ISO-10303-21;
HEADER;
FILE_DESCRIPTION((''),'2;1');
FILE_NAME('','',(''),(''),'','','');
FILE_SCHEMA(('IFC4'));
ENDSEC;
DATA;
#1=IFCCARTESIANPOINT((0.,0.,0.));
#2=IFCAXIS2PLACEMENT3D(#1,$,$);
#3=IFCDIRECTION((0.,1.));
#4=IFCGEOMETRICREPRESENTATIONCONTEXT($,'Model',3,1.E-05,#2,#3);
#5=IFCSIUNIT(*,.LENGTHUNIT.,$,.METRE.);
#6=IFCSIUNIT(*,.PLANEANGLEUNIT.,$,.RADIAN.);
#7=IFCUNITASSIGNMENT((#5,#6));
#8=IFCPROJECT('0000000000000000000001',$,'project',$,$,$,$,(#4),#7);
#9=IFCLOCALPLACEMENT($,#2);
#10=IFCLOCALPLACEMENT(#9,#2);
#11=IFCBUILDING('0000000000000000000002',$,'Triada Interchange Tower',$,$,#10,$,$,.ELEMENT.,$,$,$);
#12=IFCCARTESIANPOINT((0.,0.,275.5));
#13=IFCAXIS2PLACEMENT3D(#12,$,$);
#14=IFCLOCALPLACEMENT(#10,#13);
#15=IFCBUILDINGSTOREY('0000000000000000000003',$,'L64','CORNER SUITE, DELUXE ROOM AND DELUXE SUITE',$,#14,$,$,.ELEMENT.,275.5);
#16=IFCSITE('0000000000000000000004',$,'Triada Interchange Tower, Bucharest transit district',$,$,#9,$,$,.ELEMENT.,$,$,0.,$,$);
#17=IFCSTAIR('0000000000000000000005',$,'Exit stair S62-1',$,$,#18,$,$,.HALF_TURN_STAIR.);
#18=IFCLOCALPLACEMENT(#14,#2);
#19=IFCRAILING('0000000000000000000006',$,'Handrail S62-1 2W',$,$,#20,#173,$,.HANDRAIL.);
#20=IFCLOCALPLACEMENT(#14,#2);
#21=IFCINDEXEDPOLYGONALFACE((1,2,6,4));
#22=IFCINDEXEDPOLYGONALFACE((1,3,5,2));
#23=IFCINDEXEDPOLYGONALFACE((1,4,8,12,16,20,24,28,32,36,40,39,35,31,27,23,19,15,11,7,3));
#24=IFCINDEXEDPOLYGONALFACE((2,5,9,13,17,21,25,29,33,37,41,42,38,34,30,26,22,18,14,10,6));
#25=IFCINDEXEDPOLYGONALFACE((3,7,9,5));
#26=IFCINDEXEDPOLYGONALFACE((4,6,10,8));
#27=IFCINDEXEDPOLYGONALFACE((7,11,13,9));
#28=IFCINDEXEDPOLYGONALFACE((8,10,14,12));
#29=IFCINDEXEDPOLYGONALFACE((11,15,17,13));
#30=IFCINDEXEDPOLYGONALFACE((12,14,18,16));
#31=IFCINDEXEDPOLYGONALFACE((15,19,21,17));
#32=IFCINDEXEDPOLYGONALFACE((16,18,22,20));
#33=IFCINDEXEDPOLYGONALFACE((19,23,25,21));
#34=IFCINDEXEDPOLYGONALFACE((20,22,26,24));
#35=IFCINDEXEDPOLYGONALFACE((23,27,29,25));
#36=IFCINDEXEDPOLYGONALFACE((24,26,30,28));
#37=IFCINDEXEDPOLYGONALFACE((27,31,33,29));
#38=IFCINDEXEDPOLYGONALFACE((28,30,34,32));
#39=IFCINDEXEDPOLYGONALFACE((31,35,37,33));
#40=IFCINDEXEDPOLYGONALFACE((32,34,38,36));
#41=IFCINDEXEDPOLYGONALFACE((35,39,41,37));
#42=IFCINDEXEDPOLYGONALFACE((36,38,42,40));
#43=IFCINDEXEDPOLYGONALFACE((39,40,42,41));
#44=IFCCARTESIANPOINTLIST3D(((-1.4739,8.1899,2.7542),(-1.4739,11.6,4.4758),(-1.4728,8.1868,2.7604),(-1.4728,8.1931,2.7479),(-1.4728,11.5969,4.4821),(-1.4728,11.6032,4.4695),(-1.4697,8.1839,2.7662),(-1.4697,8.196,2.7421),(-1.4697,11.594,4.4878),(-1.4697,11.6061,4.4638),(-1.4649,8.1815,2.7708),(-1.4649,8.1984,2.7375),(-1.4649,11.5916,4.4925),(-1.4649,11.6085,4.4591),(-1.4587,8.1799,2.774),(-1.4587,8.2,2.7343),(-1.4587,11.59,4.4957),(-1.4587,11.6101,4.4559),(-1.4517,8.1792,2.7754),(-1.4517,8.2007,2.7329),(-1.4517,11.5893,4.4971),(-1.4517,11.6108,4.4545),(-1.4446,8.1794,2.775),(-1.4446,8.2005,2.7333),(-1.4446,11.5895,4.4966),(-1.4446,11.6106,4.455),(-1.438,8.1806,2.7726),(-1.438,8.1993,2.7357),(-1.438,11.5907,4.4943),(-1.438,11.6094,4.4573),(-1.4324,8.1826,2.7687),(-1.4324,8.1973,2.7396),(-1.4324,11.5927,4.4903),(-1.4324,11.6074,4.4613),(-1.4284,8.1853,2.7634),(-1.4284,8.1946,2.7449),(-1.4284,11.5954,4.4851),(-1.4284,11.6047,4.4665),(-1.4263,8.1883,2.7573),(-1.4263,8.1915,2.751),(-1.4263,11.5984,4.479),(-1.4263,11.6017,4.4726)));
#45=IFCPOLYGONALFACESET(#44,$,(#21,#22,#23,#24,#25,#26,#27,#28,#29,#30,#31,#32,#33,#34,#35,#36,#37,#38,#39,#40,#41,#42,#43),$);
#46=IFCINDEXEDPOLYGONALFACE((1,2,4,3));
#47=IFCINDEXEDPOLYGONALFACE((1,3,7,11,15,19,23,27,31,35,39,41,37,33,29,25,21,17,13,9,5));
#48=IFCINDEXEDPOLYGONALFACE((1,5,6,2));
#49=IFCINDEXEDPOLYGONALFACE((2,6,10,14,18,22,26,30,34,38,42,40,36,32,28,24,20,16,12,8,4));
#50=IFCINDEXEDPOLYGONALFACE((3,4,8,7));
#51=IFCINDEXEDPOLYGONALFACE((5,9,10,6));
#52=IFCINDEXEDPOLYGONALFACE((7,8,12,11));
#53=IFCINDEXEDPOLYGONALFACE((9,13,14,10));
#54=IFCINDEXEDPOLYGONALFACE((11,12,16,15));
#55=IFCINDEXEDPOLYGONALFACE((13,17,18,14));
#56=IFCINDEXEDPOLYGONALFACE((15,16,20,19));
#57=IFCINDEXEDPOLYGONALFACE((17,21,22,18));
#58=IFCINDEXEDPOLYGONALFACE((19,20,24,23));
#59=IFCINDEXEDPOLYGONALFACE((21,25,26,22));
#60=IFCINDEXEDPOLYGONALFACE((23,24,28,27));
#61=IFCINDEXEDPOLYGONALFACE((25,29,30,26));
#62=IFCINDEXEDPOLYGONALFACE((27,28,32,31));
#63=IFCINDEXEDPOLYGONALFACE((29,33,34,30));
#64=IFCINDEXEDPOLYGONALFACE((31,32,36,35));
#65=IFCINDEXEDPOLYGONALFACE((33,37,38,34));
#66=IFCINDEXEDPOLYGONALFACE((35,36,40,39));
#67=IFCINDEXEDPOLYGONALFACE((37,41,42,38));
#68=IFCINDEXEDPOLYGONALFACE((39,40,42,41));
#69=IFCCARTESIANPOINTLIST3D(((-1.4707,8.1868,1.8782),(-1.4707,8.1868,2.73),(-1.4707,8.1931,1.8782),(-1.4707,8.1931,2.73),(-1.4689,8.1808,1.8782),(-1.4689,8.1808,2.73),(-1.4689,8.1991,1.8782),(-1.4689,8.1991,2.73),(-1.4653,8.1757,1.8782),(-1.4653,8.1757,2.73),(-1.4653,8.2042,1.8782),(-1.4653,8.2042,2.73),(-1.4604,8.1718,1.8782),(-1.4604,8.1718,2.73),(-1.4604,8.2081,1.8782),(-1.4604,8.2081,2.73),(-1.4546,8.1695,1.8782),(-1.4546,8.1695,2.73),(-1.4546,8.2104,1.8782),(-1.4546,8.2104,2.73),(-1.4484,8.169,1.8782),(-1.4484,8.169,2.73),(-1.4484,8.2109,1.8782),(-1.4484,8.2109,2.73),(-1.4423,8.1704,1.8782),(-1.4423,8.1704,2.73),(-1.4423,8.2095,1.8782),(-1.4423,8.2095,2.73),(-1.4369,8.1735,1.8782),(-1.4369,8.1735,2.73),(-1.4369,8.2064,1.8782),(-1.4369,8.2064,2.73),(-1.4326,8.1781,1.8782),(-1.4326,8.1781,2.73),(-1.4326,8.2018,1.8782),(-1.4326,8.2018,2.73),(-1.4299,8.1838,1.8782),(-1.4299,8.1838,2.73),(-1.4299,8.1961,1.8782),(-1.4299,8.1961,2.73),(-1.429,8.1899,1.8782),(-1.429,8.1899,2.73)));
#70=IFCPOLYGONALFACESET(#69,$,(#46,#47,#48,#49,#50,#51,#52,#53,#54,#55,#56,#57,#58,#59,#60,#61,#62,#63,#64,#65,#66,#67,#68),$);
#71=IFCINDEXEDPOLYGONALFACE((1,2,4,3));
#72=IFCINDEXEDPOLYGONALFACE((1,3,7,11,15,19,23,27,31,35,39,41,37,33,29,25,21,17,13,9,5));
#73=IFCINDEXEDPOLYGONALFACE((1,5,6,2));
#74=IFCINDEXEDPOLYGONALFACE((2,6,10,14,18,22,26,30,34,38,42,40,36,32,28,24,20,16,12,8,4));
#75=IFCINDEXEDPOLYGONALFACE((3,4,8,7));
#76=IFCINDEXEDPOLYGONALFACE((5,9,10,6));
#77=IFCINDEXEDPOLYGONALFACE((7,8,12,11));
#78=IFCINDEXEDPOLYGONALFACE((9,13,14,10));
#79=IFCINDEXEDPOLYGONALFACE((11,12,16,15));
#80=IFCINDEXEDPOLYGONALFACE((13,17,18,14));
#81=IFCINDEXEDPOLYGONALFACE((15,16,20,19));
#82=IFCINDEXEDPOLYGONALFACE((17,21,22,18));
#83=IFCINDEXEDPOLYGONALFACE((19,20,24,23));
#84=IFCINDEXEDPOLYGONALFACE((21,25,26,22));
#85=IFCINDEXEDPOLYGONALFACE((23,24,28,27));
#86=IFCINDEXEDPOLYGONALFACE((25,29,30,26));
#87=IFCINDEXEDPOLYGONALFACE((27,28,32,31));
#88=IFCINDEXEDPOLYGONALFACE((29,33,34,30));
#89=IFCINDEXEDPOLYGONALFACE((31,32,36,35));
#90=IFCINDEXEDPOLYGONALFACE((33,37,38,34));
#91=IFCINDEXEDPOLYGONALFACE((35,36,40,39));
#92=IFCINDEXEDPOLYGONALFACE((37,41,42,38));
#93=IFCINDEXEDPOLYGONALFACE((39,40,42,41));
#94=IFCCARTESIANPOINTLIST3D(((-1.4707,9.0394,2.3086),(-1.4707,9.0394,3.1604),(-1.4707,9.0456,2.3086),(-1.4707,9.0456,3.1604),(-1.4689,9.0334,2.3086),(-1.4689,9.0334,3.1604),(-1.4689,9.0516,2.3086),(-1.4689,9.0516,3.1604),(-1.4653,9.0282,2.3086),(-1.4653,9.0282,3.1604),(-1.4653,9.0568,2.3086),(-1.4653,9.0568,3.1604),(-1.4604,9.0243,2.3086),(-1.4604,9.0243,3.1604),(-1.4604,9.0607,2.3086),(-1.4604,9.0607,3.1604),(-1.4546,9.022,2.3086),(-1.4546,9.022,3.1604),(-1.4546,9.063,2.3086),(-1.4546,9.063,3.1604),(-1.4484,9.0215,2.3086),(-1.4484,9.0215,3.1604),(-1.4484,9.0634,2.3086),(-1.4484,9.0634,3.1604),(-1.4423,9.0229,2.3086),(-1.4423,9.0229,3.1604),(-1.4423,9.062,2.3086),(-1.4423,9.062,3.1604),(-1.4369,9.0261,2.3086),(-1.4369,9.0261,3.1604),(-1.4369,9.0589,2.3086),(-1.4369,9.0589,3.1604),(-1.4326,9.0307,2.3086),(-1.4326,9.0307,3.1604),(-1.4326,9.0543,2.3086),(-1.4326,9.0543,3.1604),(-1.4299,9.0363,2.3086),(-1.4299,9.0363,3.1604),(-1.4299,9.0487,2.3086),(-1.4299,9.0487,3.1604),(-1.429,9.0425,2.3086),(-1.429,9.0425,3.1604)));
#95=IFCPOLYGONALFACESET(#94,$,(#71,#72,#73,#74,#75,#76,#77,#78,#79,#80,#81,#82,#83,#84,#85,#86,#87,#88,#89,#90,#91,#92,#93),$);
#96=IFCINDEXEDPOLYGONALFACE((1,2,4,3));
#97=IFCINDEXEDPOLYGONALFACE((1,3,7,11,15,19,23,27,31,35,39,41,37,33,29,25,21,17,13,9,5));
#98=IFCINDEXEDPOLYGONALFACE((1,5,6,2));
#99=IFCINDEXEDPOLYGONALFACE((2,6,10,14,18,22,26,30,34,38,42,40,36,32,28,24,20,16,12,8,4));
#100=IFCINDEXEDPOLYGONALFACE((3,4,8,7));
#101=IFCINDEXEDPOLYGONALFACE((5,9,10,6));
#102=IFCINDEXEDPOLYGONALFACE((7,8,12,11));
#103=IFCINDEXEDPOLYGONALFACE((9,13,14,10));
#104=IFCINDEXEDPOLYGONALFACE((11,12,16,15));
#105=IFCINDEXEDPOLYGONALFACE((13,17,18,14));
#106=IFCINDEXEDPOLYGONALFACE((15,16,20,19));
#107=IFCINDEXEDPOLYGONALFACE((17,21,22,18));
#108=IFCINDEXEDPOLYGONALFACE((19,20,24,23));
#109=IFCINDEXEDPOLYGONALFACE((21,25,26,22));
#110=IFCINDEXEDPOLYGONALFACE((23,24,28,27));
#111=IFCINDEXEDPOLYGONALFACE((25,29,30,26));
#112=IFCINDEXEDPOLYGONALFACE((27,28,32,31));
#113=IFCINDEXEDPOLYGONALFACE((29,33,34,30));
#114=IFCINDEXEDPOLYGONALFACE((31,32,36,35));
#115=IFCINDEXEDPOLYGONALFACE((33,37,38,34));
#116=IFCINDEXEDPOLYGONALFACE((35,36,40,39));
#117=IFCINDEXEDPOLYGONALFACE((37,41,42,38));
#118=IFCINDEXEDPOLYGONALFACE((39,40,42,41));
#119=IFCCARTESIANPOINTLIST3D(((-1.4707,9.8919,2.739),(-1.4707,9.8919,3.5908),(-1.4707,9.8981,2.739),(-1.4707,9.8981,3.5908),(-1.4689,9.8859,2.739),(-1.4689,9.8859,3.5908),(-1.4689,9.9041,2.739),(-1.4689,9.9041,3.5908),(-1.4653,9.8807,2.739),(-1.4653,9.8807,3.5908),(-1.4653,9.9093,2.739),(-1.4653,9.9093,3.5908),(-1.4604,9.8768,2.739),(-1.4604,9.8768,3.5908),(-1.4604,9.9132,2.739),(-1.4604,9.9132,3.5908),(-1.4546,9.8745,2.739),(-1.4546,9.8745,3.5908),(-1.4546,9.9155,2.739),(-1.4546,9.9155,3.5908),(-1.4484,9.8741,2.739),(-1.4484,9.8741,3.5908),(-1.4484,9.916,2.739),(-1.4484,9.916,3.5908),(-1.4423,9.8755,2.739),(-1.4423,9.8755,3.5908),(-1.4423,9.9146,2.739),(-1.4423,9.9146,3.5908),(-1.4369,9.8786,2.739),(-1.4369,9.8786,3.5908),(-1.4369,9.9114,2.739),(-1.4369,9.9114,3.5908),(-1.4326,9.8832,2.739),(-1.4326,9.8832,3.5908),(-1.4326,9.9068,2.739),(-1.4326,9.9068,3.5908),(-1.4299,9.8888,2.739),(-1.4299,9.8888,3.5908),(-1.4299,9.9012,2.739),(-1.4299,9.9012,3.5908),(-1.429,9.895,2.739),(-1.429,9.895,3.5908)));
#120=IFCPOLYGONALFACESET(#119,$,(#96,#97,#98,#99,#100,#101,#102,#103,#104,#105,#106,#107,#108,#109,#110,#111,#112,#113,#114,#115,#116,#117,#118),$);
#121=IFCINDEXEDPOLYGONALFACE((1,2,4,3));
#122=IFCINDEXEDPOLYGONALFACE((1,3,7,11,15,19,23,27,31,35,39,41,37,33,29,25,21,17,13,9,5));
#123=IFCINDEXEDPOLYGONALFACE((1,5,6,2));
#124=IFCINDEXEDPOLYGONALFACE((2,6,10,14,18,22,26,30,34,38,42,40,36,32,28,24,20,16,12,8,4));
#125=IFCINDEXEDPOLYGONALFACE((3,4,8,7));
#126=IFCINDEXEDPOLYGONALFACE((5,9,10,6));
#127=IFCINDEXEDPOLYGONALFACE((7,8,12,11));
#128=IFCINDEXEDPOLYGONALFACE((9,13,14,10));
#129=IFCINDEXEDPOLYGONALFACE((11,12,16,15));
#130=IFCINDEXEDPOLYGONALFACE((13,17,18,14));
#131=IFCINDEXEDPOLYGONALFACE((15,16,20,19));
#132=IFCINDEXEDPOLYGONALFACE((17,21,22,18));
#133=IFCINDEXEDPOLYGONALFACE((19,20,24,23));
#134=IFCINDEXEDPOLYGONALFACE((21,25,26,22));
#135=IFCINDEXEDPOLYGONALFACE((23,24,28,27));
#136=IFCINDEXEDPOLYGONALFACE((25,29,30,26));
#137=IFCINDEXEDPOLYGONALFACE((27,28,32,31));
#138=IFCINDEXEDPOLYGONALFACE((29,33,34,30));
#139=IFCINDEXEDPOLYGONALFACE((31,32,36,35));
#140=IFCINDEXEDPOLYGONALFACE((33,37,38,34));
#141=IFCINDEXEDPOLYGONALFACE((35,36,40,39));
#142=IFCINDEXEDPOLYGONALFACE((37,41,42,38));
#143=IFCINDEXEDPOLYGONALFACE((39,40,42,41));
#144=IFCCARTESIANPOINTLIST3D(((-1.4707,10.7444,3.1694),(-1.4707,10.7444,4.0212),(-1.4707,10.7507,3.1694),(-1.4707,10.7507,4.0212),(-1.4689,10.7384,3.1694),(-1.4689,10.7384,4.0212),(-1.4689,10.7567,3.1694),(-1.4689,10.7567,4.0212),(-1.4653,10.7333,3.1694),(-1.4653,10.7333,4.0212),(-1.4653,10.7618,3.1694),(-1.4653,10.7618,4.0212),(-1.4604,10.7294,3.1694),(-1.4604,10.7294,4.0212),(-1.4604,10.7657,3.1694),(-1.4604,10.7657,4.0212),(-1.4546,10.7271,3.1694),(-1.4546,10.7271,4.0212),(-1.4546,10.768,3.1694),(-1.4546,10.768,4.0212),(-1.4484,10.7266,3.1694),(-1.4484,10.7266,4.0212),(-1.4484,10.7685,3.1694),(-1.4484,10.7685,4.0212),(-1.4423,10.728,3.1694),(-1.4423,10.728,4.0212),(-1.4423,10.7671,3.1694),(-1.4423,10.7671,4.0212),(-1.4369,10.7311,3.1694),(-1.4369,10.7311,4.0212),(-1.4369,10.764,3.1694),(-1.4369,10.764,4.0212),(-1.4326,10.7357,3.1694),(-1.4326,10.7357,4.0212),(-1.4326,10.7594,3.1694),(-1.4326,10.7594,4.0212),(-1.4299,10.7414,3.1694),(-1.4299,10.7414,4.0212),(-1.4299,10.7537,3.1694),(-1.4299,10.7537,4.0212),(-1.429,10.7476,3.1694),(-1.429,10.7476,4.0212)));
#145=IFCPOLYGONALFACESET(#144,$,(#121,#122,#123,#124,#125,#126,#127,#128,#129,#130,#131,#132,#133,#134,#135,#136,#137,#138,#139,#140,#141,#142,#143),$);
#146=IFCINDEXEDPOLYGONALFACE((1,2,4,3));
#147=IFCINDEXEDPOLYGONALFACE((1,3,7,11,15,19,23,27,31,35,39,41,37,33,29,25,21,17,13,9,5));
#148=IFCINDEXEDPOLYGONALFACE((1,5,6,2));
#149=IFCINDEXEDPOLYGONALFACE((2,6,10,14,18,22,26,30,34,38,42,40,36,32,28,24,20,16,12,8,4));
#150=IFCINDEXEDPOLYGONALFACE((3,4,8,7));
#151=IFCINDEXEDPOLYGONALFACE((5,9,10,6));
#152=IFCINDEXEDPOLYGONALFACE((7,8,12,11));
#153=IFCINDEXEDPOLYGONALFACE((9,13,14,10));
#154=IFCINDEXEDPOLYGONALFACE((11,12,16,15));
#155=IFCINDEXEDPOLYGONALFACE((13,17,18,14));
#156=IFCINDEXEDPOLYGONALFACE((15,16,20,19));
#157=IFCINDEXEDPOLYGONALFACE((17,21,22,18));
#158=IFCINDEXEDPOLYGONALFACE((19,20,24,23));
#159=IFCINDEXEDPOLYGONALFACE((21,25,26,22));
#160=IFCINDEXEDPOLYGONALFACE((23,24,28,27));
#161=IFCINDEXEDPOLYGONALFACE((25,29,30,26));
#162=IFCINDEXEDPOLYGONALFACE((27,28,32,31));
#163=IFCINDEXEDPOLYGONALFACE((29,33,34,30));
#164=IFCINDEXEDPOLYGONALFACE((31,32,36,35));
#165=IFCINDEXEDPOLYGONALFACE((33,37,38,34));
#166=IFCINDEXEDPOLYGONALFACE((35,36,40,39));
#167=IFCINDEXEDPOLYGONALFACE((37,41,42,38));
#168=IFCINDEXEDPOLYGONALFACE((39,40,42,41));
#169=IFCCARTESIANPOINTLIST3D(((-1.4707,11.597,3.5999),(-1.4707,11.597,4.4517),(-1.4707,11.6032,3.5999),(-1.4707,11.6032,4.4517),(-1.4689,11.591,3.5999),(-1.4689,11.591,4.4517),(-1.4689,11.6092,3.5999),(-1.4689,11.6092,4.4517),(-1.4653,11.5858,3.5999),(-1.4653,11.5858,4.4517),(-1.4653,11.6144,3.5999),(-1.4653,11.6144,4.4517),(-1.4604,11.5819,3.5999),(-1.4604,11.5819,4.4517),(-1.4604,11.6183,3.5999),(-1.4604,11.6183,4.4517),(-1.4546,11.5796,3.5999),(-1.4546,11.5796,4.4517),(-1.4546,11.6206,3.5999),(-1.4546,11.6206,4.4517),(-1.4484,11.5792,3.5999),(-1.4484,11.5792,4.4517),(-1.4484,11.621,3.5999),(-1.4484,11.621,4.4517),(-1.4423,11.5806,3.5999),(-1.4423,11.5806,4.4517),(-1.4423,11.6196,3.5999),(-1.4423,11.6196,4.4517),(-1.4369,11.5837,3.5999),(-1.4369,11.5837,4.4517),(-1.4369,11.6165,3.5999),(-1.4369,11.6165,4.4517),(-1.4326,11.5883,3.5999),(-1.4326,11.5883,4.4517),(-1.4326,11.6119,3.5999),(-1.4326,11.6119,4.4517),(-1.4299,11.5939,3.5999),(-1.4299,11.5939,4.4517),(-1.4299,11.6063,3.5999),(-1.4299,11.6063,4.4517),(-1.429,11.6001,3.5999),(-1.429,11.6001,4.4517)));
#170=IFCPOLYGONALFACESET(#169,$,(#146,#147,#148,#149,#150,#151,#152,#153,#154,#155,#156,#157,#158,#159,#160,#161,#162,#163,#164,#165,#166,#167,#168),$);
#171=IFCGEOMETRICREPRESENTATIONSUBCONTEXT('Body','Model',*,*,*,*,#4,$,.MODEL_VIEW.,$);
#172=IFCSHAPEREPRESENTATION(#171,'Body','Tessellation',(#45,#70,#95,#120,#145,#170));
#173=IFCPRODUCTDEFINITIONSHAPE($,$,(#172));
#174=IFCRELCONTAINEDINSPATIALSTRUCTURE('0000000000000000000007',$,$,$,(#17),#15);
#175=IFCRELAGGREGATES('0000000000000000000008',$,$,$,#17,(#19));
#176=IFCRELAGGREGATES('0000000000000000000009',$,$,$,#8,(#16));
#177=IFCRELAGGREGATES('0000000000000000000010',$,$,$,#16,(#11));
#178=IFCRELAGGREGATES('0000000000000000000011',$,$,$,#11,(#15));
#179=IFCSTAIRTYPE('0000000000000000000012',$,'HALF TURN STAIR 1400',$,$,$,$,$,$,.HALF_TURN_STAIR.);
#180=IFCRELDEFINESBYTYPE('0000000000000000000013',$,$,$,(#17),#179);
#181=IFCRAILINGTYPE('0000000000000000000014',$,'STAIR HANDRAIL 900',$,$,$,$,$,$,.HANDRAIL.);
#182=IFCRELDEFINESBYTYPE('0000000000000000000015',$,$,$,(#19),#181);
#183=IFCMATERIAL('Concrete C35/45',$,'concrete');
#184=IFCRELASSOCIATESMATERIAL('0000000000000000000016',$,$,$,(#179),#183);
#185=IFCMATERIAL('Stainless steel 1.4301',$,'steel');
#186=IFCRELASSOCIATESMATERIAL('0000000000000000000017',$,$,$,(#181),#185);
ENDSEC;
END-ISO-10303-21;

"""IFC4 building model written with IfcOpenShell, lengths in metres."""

from ifc_helpers import new_model, si_unit, direction, frame, origin, origin_2d, place, context, subcontext, project, spatial, circle, extrude, material, type_object, element, aggregate, save


model = new_model("IFC4")

# Units and contexts
model_context = context("Model", 3, precision=1e-05, world=origin(), true_north=direction((0.0, 1.0)))
body_context = subcontext(model_context, "Body", "Model", "MODEL_VIEW")
ifc_project = project(units=[si_unit("LENGTHUNIT", "METRE"), si_unit("PLANEANGLEUNIT", "RADIAN")], contexts=[model_context])

# Site, building, storey
site_placement = place(None, origin())
site = spatial("IfcSite", under=ifc_project, at=site_placement, Name="Triada Interchange Tower, Bucharest transit district", CompositionType="ELEMENT", RefElevation=0.0)
building_placement = place(site_placement, origin())
building = spatial("IfcBuilding", under=site, at=building_placement, Name="Triada Interchange Tower", CompositionType="ELEMENT")
storey_placement = place(building_placement, frame((0.0, 0.0, 275.5)))
storey = spatial("IfcBuildingStorey", under=building, at=storey_placement, Name="L64", Description="CORNER SUITE, DELUXE ROOM AND DELUXE SUITE", CompositionType="ELEMENT", Elevation=275.5)

# Stair
ifc_material_1 = material(Name="Concrete C35/45", Category="concrete")
stair_type = type_object("IfcStairType", Name="HALF TURN STAIR 1400", PredefinedType="HALF_TURN_STAIR", material=ifc_material_1)
stair_placement = place(storey_placement, origin())
stair = element("IfcStair", 1, at=stair_placement, inside=storey, type_object=stair_type, Name="Exit stair S62-1", PredefinedType="HALF_TURN_STAIR")

# Railing
ifc_material_2 = material(Name="Stainless steel 1.4301", Category="steel")
railing_type = type_object("IfcRailingType", Name="STAIR HANDRAIL 900", PredefinedType="HANDRAIL", material=ifc_material_2)
railing_1_placement = place(storey_placement, frame((-1.45, 8.1899, 1.8782)))
railing_1 = element("IfcRailing", 2, at=railing_1_placement, type_object=railing_type, Name="Handrail S62-1 2W", PredefinedType="HANDRAIL", context=body_context, shape_type="SweptSolid", body=[
    extrude(circle(Radius=0.0239, at=origin_2d()), frame((0.0, 0.0, 0.876), z_axis=(0.0, 0.892682, 0.450687), x_axis=(-1.0, 0.0, 0.0)), (0.0, 0.0, 1.0), 3.8201),
    extrude(circle(Radius=0.021, at=origin_2d()), origin(), (0.0, 0.0, 1.0), 0.8518),
    extrude(circle(Radius=0.021, at=origin_2d()), frame((0.0, 0.8525, 0.4304)), (0.0, 0.0, 1.0), 0.8518),
    extrude(circle(Radius=0.021, at=origin_2d()), frame((0.0, 1.7051, 0.8608)), (0.0, 0.0, 1.0), 0.8518),
    extrude(circle(Radius=0.021, at=origin_2d()), frame((0.0, 2.5576, 1.2913)), (0.0, 0.0, 1.0), 0.8518),
    extrude(circle(Radius=0.021, at=origin_2d()), frame((0.0, 3.4102, 1.7217)), (0.0, 0.0, 1.0), 0.8518),
])
aggregate(stair, [railing_1])

save(model, "model.ifc")
